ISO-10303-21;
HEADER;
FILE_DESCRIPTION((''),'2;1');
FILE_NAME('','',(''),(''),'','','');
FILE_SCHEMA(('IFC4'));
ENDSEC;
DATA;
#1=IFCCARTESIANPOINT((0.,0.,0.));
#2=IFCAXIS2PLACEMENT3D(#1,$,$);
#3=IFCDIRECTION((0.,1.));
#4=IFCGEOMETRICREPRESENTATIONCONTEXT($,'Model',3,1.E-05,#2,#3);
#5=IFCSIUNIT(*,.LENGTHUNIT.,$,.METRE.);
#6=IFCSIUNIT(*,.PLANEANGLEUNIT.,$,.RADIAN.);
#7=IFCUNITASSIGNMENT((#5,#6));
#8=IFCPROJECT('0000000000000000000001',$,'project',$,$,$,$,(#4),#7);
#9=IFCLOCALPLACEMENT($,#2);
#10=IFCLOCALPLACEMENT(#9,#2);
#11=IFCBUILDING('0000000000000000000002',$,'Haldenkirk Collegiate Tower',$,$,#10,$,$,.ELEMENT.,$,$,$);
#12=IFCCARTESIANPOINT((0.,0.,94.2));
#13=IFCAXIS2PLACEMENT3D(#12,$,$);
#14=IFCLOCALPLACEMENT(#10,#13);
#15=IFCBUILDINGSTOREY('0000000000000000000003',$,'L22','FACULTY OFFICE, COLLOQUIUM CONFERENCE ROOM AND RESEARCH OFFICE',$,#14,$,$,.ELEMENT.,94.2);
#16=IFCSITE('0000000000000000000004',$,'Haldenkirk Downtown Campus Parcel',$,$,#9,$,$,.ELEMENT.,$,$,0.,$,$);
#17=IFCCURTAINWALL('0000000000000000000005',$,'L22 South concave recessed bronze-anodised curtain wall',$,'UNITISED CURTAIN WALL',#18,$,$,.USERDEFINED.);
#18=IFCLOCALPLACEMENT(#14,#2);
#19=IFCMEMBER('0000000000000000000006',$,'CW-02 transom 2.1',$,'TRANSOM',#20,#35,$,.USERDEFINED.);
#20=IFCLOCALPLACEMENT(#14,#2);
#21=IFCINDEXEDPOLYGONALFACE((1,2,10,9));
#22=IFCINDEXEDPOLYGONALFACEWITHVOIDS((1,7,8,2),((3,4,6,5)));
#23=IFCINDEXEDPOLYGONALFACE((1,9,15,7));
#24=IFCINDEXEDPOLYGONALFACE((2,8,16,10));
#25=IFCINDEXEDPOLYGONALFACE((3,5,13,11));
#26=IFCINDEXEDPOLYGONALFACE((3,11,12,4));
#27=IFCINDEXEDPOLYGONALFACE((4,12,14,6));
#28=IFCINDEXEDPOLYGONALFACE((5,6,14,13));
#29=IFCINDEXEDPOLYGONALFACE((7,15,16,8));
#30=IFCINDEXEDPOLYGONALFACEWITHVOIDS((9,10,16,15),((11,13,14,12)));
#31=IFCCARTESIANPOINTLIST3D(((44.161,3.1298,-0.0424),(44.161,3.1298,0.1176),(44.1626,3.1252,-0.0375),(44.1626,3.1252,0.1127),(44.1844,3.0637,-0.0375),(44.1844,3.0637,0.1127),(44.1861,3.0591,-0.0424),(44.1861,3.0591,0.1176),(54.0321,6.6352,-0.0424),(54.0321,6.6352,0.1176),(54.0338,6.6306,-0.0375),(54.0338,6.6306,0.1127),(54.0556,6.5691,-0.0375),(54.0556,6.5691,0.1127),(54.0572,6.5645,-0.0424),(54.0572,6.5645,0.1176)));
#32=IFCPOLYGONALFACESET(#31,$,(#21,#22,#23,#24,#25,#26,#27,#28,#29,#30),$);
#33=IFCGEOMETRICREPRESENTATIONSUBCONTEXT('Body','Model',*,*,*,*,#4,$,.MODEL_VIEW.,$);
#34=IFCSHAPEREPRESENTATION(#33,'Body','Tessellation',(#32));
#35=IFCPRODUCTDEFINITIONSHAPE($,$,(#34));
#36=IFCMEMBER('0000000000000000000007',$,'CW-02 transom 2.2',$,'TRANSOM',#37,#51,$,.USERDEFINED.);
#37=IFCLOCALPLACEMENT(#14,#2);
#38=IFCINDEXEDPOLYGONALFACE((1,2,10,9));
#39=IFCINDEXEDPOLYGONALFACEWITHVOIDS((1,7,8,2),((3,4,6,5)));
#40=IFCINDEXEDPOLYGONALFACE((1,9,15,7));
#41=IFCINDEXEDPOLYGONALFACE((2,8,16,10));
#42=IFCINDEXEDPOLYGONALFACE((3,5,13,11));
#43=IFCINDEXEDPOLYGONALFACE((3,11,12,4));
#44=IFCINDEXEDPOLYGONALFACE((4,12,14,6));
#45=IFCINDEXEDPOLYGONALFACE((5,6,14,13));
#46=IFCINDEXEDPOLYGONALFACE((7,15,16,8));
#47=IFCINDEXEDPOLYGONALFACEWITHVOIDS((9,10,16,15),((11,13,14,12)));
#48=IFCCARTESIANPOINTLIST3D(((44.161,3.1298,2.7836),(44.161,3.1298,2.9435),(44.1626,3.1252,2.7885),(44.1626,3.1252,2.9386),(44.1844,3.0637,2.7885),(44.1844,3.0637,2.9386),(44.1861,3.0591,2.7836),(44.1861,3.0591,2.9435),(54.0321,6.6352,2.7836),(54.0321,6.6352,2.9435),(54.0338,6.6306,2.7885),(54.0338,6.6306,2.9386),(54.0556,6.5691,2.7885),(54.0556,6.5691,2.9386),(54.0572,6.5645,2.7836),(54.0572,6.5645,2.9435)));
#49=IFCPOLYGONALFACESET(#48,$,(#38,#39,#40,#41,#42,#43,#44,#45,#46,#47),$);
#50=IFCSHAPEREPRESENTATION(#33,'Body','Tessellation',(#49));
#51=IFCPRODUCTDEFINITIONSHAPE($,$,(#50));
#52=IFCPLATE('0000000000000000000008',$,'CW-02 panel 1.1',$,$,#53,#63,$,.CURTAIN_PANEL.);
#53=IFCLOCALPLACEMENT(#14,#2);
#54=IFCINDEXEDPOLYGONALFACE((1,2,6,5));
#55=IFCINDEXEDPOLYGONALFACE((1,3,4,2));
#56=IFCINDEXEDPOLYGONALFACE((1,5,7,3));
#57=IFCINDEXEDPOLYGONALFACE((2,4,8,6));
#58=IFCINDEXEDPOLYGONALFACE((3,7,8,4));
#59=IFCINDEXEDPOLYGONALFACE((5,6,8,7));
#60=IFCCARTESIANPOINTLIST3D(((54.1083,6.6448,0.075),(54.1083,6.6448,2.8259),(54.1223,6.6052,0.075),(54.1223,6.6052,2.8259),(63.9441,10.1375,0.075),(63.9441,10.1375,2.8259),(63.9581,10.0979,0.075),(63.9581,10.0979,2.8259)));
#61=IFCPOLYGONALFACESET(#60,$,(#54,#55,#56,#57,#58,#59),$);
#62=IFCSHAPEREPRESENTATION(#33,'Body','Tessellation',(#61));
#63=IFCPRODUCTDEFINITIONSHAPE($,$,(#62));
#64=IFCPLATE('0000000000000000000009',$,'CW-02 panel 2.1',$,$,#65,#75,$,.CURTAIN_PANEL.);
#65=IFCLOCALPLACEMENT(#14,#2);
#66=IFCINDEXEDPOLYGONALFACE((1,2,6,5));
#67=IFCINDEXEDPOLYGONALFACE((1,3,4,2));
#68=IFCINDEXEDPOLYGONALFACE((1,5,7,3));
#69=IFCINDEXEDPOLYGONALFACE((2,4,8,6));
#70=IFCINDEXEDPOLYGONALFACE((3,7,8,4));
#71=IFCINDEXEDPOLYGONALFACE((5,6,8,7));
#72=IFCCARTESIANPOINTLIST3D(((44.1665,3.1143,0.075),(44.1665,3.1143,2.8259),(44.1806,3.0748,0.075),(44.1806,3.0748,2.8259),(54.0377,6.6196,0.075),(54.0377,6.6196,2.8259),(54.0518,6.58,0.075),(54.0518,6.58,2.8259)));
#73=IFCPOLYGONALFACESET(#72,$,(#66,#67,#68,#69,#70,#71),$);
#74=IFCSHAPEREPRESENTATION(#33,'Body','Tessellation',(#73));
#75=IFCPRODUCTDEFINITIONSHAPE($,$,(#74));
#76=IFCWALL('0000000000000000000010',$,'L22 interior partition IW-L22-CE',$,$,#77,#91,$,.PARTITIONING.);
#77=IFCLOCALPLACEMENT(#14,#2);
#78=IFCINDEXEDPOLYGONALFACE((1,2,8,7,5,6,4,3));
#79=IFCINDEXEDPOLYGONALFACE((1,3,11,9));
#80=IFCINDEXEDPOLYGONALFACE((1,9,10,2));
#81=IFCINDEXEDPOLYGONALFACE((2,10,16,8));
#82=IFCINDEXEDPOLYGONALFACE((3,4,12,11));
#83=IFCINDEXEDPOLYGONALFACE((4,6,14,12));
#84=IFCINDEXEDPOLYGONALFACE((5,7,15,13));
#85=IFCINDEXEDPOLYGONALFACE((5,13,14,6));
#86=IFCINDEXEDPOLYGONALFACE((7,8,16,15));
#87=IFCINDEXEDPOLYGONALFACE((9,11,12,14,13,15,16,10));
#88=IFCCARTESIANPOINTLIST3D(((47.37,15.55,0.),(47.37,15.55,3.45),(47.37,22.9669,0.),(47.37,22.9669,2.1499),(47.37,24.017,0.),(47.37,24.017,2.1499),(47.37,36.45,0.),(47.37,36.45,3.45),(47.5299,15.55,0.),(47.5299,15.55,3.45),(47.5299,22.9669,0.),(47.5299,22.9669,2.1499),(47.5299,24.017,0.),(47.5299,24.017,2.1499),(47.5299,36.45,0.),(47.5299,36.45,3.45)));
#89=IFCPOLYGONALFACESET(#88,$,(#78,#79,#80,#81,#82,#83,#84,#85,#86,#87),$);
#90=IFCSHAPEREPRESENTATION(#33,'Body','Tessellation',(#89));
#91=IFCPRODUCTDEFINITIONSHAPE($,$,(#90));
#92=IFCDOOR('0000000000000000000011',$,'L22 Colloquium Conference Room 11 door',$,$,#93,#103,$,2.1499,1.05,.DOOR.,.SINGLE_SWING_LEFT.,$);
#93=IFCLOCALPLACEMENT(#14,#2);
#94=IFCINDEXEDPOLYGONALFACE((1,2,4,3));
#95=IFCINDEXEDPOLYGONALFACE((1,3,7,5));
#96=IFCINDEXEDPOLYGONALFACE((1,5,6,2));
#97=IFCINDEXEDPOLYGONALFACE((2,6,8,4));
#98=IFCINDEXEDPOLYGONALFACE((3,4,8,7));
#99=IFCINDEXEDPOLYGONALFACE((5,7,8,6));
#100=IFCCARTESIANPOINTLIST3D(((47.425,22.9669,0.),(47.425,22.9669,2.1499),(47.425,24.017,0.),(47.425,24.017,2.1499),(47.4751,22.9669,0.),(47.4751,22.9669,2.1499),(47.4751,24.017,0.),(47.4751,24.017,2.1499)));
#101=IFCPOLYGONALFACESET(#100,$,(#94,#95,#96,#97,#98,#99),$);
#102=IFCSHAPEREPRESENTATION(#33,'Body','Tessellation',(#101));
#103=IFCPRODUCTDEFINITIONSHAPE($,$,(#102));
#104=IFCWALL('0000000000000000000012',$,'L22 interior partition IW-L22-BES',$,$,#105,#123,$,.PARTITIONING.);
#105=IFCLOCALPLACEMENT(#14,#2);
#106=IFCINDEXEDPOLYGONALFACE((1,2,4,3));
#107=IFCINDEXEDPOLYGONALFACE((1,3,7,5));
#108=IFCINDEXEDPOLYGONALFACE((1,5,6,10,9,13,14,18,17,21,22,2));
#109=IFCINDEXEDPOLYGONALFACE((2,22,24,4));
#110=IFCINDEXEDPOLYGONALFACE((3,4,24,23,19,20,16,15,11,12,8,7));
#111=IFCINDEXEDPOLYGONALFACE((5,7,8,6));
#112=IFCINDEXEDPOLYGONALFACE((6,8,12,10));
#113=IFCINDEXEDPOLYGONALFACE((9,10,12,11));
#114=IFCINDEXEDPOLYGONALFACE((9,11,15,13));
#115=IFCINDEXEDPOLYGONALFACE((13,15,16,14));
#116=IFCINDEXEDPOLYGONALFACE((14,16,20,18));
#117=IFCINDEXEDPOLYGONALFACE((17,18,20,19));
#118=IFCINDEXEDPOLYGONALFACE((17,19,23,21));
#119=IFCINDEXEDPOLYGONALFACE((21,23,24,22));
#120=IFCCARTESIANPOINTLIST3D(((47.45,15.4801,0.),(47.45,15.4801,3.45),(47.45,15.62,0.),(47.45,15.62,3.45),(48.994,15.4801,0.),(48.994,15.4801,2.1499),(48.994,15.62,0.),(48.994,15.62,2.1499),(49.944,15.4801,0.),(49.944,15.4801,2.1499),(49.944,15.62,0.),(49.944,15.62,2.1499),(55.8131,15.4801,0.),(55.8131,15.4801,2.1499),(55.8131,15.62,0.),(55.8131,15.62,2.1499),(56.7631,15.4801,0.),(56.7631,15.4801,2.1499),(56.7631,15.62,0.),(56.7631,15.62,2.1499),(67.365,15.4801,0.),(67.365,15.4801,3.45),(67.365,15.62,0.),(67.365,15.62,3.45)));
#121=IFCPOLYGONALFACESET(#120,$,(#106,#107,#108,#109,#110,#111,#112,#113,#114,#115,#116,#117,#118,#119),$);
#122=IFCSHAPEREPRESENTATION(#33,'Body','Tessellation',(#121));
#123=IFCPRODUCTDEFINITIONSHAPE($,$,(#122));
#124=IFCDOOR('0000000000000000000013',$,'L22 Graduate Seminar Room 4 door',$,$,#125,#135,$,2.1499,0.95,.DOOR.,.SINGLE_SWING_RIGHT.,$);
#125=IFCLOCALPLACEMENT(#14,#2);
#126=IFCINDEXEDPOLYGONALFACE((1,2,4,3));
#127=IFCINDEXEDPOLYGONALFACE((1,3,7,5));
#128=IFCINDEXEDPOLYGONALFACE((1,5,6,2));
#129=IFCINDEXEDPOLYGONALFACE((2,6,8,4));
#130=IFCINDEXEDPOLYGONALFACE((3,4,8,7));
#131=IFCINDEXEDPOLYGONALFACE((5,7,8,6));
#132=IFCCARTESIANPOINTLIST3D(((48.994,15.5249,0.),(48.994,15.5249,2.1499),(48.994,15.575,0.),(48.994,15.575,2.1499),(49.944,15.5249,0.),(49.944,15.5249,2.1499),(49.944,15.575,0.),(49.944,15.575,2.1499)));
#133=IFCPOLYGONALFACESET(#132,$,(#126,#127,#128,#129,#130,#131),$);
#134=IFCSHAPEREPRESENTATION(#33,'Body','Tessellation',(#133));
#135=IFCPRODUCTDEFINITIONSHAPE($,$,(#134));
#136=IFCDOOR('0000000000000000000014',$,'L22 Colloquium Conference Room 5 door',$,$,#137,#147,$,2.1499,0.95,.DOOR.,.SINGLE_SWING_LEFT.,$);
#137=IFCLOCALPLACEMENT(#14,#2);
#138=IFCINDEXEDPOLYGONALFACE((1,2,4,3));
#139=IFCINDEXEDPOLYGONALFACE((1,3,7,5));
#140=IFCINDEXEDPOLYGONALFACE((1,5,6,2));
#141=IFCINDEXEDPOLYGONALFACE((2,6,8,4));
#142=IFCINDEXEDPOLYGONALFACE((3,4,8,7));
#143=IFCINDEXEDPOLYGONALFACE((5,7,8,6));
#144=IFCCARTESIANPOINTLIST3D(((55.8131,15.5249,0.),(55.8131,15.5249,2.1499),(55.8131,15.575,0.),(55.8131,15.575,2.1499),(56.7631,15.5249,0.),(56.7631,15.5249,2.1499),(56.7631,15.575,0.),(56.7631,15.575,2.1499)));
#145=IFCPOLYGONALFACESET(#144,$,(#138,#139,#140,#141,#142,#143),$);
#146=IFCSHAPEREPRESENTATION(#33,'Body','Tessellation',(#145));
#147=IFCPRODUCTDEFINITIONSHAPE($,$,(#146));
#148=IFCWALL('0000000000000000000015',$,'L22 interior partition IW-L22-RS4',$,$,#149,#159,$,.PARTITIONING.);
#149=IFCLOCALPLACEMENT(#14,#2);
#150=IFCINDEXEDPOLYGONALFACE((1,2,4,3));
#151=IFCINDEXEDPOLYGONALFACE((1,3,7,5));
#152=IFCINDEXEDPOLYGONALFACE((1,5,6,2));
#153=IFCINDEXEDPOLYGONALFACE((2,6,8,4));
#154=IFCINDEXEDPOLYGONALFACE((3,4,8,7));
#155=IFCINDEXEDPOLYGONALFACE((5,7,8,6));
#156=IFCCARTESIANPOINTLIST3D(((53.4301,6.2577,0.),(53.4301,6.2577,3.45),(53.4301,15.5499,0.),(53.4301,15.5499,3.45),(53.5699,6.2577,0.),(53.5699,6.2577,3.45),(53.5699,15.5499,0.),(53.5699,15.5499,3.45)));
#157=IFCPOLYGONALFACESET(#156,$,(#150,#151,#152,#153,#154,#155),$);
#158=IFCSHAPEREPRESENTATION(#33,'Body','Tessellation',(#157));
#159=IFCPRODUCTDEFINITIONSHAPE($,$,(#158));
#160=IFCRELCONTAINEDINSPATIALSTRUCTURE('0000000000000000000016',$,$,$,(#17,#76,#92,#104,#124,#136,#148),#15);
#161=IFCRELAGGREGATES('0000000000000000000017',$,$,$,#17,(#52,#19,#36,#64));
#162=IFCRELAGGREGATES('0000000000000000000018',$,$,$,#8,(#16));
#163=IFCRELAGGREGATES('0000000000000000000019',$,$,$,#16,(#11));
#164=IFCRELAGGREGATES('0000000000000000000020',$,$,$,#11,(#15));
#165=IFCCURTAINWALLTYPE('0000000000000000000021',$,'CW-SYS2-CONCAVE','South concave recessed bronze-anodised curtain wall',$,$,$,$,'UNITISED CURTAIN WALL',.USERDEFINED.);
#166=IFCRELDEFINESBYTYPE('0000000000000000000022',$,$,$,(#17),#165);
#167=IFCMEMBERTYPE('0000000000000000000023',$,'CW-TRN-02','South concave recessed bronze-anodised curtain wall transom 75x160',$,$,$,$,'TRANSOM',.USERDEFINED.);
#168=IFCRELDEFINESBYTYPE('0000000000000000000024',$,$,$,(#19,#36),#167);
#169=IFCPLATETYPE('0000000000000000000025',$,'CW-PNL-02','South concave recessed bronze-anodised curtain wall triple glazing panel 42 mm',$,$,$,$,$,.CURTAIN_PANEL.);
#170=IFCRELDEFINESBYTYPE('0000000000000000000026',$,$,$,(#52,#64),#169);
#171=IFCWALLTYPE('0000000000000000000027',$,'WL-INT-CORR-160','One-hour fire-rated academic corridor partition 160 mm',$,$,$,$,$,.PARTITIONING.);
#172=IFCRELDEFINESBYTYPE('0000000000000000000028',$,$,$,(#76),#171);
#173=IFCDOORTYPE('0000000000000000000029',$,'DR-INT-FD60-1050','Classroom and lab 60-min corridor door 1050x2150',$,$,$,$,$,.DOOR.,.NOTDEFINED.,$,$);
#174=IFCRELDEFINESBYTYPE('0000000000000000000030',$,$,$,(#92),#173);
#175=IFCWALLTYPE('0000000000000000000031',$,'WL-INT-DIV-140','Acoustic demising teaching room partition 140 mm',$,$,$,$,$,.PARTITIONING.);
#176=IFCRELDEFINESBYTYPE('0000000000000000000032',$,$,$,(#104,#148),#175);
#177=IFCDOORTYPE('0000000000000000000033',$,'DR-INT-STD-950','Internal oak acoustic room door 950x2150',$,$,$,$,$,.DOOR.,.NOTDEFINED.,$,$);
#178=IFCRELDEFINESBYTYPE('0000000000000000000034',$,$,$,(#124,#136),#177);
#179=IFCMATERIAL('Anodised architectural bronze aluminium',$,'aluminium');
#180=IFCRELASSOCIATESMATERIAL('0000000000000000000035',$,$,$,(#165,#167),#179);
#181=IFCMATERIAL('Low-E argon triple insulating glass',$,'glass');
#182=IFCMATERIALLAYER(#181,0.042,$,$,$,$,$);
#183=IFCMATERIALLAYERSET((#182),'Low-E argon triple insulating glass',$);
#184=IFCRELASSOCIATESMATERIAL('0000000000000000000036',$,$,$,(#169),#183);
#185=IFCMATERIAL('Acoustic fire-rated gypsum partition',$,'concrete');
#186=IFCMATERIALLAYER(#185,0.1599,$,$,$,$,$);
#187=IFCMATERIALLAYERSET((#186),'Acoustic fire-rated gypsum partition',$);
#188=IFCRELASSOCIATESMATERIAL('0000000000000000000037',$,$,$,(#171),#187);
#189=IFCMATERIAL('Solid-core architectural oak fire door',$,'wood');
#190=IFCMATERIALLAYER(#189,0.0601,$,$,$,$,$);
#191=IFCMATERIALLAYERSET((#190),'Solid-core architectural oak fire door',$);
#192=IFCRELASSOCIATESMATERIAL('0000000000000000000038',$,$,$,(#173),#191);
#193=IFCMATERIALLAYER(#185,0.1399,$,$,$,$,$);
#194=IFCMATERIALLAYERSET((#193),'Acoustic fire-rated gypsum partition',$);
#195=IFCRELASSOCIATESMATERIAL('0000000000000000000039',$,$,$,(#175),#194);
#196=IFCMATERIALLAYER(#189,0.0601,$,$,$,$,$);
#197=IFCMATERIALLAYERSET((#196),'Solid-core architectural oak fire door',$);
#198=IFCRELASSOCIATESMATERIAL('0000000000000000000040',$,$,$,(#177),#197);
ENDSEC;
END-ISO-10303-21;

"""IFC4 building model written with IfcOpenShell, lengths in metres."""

from ifc_helpers import new_model, si_unit, direction, frame, frame_2d, origin, origin_2d, place, context, subcontext, project, spatial, rectangle, hollow_rectangle, extrude, source, transform, mapped, material, layer, layer_set, material_profile, profile_set, type_object, element, fill, aggregate, save


model = new_model("IFC4")

# Units and contexts
model_context = context("Model", 3, precision=1e-05, world=origin(), true_north=direction((0.0, 1.0)))
body_context = subcontext(model_context, "Body", "Model", "MODEL_VIEW")
ifc_project = project(units=[si_unit("LENGTHUNIT", "METRE"), si_unit("PLANEANGLEUNIT", "RADIAN")], contexts=[model_context])

# Site, building, storey
site_placement = place(None, origin())
site = spatial("IfcSite", under=ifc_project, at=site_placement, Name="Haldenkirk Downtown Campus Parcel", CompositionType="ELEMENT", RefElevation=0.0)
building_placement = place(site_placement, origin())
building = spatial("IfcBuilding", under=site, at=building_placement, Name="Haldenkirk Collegiate Tower", CompositionType="ELEMENT")
storey_placement = place(building_placement, frame((0.0, 0.0, 94.2)))
storey = spatial("IfcBuildingStorey", under=building, at=storey_placement, Name="L22", Description="FACULTY OFFICE, COLLOQUIUM CONFERENCE ROOM AND RESEARCH OFFICE", CompositionType="ELEMENT", Elevation=94.2)

# Curtain wall, members, plates
ifc_material_1 = material(Name="Anodised architectural bronze aluminium", Category="aluminium")
curtain_wall_type = type_object("IfcCurtainWallType", Name="CW-SYS2-CONCAVE", Description="South concave recessed bronze-anodised curtain wall", ElementType="UNITISED CURTAIN WALL", PredefinedType="USERDEFINED", material=ifc_material_1)
curtain_wall_placement = place(storey_placement, origin())
curtain_wall = element("IfcCurtainWall", 1, at=curtain_wall_placement, inside=storey, type_object=curtain_wall_type, Name="L22 South concave recessed bronze-anodised curtain wall", ObjectType="UNITISED CURTAIN WALL", PredefinedType="USERDEFINED")
ifc_material_profile_1 = material_profile(ifc_material_1, hollow_rectangle(XDim=0.075, YDim=0.1599, WallThickness=0.0049, at=origin_2d()), Name="CW-TRN-02")
ifc_profile_set_1 = profile_set([ifc_material_profile_1], Name="Anodised architectural bronze aluminium")
member_type_1 = type_object("IfcMemberType", Name="CW-TRN-02", Description="South concave recessed bronze-anodised curtain wall transom 75x160", ElementType="TRANSOM", PredefinedType="USERDEFINED", material=ifc_profile_set_1)
member_1_placement = place(storey_placement, frame((54.0447, 6.5999, 0.0376), z_axis=(-0.942346, -0.334641, 0.0), x_axis=(0.334641, -0.942346, 0.0)))
member_1 = element("IfcMember", 2, at=member_1_placement, type_object=member_type_1, Name="CW-02 transom 2.1", ObjectType="TRANSOM", PredefinedType="USERDEFINED", context=body_context, shape_type="SweptSolid", body=[
    extrude(hollow_rectangle(XDim=0.075, YDim=0.1599, WallThickness=0.0049, at=origin_2d()), origin(), (0.0, 0.0, 1.0), 10.4751),
])
member_2_placement = place(storey_placement, frame((54.0447, 6.5999, 2.8635), z_axis=(-0.942346, -0.334641, 0.0), x_axis=(0.334641, -0.942346, 0.0)))
member_2 = element("IfcMember", 3, at=member_2_placement, type_object=member_type_1, Name="CW-02 transom 2.2", ObjectType="TRANSOM", PredefinedType="USERDEFINED", context=body_context, shape_type="SweptSolid", body=[
    extrude(hollow_rectangle(XDim=0.075, YDim=0.1599, WallThickness=0.0049, at=origin_2d()), origin(), (0.0, 0.0, 1.0), 10.4751),
])
ifc_material_2 = material(Name="Low-E argon triple insulating glass", Category="glass")
ifc_layer_1 = layer(ifc_material_2, 0.042)
ifc_layer_set_1 = layer_set([ifc_layer_1], Name="Low-E argon triple insulating glass")
plate_type = type_object("IfcPlateType", Name="CW-PNL-02", Description="South concave recessed bronze-anodised curtain wall triple glazing panel 42 mm", PredefinedType="CURTAIN_PANEL", material=ifc_layer_set_1)
shared_shape_1 = source(origin(), body_context, "Body", "SweptSolid", [
    extrude(rectangle(XDim=10.4375, YDim=0.042, at=origin_2d()), origin(), (0.0, 0.0, 1.0), 2.751),
])
plate_1_placement = place(storey_placement, frame((59.0332, 8.3713, 0.075), z_axis=(0.0, 0.0, 1.0), x_axis=(-0.94235, -0.334628, 0.0)))
plate_1 = element("IfcPlate", 4, at=plate_1_placement, type_object=plate_type, Name="CW-02 panel 1.1", PredefinedType="CURTAIN_PANEL", context=body_context, shape_type="MappedRepresentation", body=[
    mapped(shared_shape_1, transform((0.0, 0.0, 0.0), x_axis=(1.0, 0.0, 0.0), y_axis=(0.0, 1.0, 0.0), z_axis=(0.0, 0.0, 1.0), scale=1.0)),
])
shared_shape_2 = source(origin(), body_context, "Body", "SweptSolid", [
    extrude(rectangle(XDim=10.4751, YDim=0.042, at=origin_2d()), origin(), (0.0, 0.0, 1.0), 2.751),
])
plate_2_placement = place(storey_placement, frame((49.1091, 4.8472, 0.075), z_axis=(0.0, 0.0, 1.0), x_axis=(-0.94235, -0.334628, 0.0)))
plate_2 = element("IfcPlate", 5, at=plate_2_placement, type_object=plate_type, Name="CW-02 panel 2.1", PredefinedType="CURTAIN_PANEL", context=body_context, shape_type="MappedRepresentation", body=[
    mapped(shared_shape_2, transform((0.0, 0.0, 0.0), x_axis=(1.0, 0.0, 0.0), y_axis=(0.0, 1.0, 0.0), z_axis=(0.0, 0.0, 1.0), scale=1.0)),
])
aggregate(curtain_wall, [plate_1, member_1, member_2, plate_2])

# Wall, opening, door
ifc_material_3 = material(Name="Acoustic fire-rated gypsum partition", Category="concrete")
ifc_layer_2 = layer(ifc_material_3, 0.1599)
ifc_layer_set_2 = layer_set([ifc_layer_2], Name="Acoustic fire-rated gypsum partition")
wall_type_1 = type_object("IfcWallType", Name="WL-INT-CORR-160", Description="One-hour fire-rated academic corridor partition 160 mm", PredefinedType="PARTITIONING", material=ifc_layer_set_2)
wall_1_placement = place(storey_placement, frame((47.45, 15.55, 0.0), z_axis=(0.0, 0.0, 1.0), x_axis=(0.0, 1.0, 0.0)))
wall_1 = element("IfcWall", 6, at=wall_1_placement, inside=storey, type_object=wall_type_1, Name="L22 interior partition IW-L22-CE", PredefinedType="PARTITIONING", context=body_context, shape_type="SweptSolid", body=[
    extrude(rectangle(XDim=20.8999, YDim=0.1599, at=frame_2d((10.45, 0.0))), origin(), (0.0, 0.0, 1.0), 3.45),
])
opening_1_placement = place(wall_1_placement, frame((7.417, 0.0, 0.0)))
opening_1 = element("IfcOpeningElement", 7, at=opening_1_placement, cuts=wall_1, PredefinedType="OPENING", context=body_context, shape_type="SweptSolid", body=[
    extrude(rectangle(XDim=1.05, YDim=2.1499, at=frame_2d((0.5249, 1.075))), frame((0.0, 0.0898, 0.0), z_axis=(0.0, -1.0, 0.0), x_axis=(1.0, 0.0, 0.0)), (0.0, 0.0, 1.0), 0.1799),
])
ifc_material_4 = material(Name="Solid-core architectural oak fire door", Category="wood")
ifc_layer_3 = layer(ifc_material_4, 0.0601)
ifc_layer_set_3 = layer_set([ifc_layer_3], Name="Solid-core architectural oak fire door")
door_type_1 = type_object("IfcDoorType", Name="DR-INT-FD60-1050", Description="Classroom and lab 60-min corridor door 1050x2150", OperationType="NOTDEFINED", PredefinedType="DOOR", material=ifc_layer_set_3)
door_1_placement = place(opening_1_placement, origin())
door_1 = element("IfcDoor", 8, at=door_1_placement, inside=storey, type_object=door_type_1, Name="L22 Colloquium Conference Room 11 door", OperationType="SINGLE_SWING_LEFT", OverallHeight=2.1499, OverallWidth=1.05, PredefinedType="DOOR", context=body_context, shape_type="SweptSolid", body=[
    extrude(rectangle(XDim=1.05, YDim=2.1499, at=frame_2d((0.5249, 1.075))), frame((0.0, 0.0249, 0.0), z_axis=(0.0, -1.0, 0.0), x_axis=(1.0, 0.0, 0.0)), (0.0, 0.0, 1.0), 0.05),
])
fill(opening_1, door_1)

# Wall, openings, doors
ifc_layer_4 = layer(ifc_material_3, 0.1399)
ifc_layer_set_4 = layer_set([ifc_layer_4], Name="Acoustic fire-rated gypsum partition")
wall_type_2 = type_object("IfcWallType", Name="WL-INT-DIV-140", Description="Acoustic demising teaching room partition 140 mm", PredefinedType="PARTITIONING", material=ifc_layer_set_4)
wall_2_placement = place(storey_placement, frame((47.45, 15.55, 0.0), z_axis=(0.0, 0.0, 1.0), x_axis=(1.0, 0.0, 0.0)))
wall_2 = element("IfcWall", 9, at=wall_2_placement, inside=storey, type_object=wall_type_2, Name="L22 interior partition IW-L22-BES", PredefinedType="PARTITIONING", context=body_context, shape_type="SweptSolid", body=[
    extrude(rectangle(XDim=19.915, YDim=0.1399, at=frame_2d((9.9575, 0.0))), origin(), (0.0, 0.0, 1.0), 3.45),
])
opening_2_placement = place(wall_2_placement, frame((1.5439, 0.0, 0.0)))
opening_2 = element("IfcOpeningElement", 10, at=opening_2_placement, cuts=wall_2, PredefinedType="OPENING", context=body_context, shape_type="SweptSolid", body=[
    extrude(rectangle(XDim=0.95, YDim=2.1499, at=frame_2d((0.4751, 1.075))), frame((0.0, 0.0798, 0.0), z_axis=(0.0, -1.0, 0.0), x_axis=(1.0, 0.0, 0.0)), (0.0, 0.0, 1.0), 0.1599),
])
opening_3_placement = place(wall_2_placement, frame((8.363, 0.0, 0.0)))
opening_3 = element("IfcOpeningElement", 11, at=opening_3_placement, cuts=wall_2, PredefinedType="OPENING", context=body_context, shape_type="SweptSolid", body=[
    extrude(rectangle(XDim=0.95, YDim=2.1499, at=frame_2d((0.4751, 1.075))), frame((0.0, 0.0798, 0.0), z_axis=(0.0, -1.0, 0.0), x_axis=(1.0, 0.0, 0.0)), (0.0, 0.0, 1.0), 0.1599),
])
ifc_layer_5 = layer(ifc_material_4, 0.0601)
ifc_layer_set_5 = layer_set([ifc_layer_5], Name="Solid-core architectural oak fire door")
door_type_2 = type_object("IfcDoorType", Name="DR-INT-STD-950", Description="Internal oak acoustic room door 950x2150", OperationType="NOTDEFINED", PredefinedType="DOOR", material=ifc_layer_set_5)
door_2_placement = place(opening_2_placement, origin())
door_2 = element("IfcDoor", 12, at=door_2_placement, inside=storey, type_object=door_type_2, Name="L22 Graduate Seminar Room 4 door", OperationType="SINGLE_SWING_RIGHT", OverallHeight=2.1499, OverallWidth=0.95, PredefinedType="DOOR", context=body_context, shape_type="SweptSolid", body=[
    extrude(rectangle(XDim=0.95, YDim=2.1499, at=frame_2d((0.4751, 1.075))), frame((0.0, 0.0249, 0.0), z_axis=(0.0, -1.0, 0.0), x_axis=(1.0, 0.0, 0.0)), (0.0, 0.0, 1.0), 0.05),
])
fill(opening_2, door_2)
door_3_placement = place(opening_3_placement, origin())
door_3 = element("IfcDoor", 13, at=door_3_placement, inside=storey, type_object=door_type_2, Name="L22 Colloquium Conference Room 5 door", OperationType="SINGLE_SWING_LEFT", OverallHeight=2.1499, OverallWidth=0.95, PredefinedType="DOOR", context=body_context, shape_type="SweptSolid", body=[
    extrude(rectangle(XDim=0.95, YDim=2.1499, at=frame_2d((0.4751, 1.075))), frame((0.0, 0.0249, 0.0), z_axis=(0.0, -1.0, 0.0), x_axis=(1.0, 0.0, 0.0)), (0.0, 0.0, 1.0), 0.05),
])
fill(opening_3, door_3)

# Wall
wall_3_placement = place(storey_placement, frame((53.5, 6.2578, 0.0), z_axis=(0.0, 0.0, 1.0), x_axis=(0.0, 1.0, 0.0)))
element("IfcWall", 14, at=wall_3_placement, inside=storey, type_object=wall_type_2, Name="L22 interior partition IW-L22-RS4", PredefinedType="PARTITIONING", context=body_context, shape_type="SweptSolid", body=[
    extrude(rectangle(XDim=9.2922, YDim=0.1399, at=frame_2d((4.646, 0.0))), origin(), (0.0, 0.0, 1.0), 3.45),
])

save(model, "model.ifc")
